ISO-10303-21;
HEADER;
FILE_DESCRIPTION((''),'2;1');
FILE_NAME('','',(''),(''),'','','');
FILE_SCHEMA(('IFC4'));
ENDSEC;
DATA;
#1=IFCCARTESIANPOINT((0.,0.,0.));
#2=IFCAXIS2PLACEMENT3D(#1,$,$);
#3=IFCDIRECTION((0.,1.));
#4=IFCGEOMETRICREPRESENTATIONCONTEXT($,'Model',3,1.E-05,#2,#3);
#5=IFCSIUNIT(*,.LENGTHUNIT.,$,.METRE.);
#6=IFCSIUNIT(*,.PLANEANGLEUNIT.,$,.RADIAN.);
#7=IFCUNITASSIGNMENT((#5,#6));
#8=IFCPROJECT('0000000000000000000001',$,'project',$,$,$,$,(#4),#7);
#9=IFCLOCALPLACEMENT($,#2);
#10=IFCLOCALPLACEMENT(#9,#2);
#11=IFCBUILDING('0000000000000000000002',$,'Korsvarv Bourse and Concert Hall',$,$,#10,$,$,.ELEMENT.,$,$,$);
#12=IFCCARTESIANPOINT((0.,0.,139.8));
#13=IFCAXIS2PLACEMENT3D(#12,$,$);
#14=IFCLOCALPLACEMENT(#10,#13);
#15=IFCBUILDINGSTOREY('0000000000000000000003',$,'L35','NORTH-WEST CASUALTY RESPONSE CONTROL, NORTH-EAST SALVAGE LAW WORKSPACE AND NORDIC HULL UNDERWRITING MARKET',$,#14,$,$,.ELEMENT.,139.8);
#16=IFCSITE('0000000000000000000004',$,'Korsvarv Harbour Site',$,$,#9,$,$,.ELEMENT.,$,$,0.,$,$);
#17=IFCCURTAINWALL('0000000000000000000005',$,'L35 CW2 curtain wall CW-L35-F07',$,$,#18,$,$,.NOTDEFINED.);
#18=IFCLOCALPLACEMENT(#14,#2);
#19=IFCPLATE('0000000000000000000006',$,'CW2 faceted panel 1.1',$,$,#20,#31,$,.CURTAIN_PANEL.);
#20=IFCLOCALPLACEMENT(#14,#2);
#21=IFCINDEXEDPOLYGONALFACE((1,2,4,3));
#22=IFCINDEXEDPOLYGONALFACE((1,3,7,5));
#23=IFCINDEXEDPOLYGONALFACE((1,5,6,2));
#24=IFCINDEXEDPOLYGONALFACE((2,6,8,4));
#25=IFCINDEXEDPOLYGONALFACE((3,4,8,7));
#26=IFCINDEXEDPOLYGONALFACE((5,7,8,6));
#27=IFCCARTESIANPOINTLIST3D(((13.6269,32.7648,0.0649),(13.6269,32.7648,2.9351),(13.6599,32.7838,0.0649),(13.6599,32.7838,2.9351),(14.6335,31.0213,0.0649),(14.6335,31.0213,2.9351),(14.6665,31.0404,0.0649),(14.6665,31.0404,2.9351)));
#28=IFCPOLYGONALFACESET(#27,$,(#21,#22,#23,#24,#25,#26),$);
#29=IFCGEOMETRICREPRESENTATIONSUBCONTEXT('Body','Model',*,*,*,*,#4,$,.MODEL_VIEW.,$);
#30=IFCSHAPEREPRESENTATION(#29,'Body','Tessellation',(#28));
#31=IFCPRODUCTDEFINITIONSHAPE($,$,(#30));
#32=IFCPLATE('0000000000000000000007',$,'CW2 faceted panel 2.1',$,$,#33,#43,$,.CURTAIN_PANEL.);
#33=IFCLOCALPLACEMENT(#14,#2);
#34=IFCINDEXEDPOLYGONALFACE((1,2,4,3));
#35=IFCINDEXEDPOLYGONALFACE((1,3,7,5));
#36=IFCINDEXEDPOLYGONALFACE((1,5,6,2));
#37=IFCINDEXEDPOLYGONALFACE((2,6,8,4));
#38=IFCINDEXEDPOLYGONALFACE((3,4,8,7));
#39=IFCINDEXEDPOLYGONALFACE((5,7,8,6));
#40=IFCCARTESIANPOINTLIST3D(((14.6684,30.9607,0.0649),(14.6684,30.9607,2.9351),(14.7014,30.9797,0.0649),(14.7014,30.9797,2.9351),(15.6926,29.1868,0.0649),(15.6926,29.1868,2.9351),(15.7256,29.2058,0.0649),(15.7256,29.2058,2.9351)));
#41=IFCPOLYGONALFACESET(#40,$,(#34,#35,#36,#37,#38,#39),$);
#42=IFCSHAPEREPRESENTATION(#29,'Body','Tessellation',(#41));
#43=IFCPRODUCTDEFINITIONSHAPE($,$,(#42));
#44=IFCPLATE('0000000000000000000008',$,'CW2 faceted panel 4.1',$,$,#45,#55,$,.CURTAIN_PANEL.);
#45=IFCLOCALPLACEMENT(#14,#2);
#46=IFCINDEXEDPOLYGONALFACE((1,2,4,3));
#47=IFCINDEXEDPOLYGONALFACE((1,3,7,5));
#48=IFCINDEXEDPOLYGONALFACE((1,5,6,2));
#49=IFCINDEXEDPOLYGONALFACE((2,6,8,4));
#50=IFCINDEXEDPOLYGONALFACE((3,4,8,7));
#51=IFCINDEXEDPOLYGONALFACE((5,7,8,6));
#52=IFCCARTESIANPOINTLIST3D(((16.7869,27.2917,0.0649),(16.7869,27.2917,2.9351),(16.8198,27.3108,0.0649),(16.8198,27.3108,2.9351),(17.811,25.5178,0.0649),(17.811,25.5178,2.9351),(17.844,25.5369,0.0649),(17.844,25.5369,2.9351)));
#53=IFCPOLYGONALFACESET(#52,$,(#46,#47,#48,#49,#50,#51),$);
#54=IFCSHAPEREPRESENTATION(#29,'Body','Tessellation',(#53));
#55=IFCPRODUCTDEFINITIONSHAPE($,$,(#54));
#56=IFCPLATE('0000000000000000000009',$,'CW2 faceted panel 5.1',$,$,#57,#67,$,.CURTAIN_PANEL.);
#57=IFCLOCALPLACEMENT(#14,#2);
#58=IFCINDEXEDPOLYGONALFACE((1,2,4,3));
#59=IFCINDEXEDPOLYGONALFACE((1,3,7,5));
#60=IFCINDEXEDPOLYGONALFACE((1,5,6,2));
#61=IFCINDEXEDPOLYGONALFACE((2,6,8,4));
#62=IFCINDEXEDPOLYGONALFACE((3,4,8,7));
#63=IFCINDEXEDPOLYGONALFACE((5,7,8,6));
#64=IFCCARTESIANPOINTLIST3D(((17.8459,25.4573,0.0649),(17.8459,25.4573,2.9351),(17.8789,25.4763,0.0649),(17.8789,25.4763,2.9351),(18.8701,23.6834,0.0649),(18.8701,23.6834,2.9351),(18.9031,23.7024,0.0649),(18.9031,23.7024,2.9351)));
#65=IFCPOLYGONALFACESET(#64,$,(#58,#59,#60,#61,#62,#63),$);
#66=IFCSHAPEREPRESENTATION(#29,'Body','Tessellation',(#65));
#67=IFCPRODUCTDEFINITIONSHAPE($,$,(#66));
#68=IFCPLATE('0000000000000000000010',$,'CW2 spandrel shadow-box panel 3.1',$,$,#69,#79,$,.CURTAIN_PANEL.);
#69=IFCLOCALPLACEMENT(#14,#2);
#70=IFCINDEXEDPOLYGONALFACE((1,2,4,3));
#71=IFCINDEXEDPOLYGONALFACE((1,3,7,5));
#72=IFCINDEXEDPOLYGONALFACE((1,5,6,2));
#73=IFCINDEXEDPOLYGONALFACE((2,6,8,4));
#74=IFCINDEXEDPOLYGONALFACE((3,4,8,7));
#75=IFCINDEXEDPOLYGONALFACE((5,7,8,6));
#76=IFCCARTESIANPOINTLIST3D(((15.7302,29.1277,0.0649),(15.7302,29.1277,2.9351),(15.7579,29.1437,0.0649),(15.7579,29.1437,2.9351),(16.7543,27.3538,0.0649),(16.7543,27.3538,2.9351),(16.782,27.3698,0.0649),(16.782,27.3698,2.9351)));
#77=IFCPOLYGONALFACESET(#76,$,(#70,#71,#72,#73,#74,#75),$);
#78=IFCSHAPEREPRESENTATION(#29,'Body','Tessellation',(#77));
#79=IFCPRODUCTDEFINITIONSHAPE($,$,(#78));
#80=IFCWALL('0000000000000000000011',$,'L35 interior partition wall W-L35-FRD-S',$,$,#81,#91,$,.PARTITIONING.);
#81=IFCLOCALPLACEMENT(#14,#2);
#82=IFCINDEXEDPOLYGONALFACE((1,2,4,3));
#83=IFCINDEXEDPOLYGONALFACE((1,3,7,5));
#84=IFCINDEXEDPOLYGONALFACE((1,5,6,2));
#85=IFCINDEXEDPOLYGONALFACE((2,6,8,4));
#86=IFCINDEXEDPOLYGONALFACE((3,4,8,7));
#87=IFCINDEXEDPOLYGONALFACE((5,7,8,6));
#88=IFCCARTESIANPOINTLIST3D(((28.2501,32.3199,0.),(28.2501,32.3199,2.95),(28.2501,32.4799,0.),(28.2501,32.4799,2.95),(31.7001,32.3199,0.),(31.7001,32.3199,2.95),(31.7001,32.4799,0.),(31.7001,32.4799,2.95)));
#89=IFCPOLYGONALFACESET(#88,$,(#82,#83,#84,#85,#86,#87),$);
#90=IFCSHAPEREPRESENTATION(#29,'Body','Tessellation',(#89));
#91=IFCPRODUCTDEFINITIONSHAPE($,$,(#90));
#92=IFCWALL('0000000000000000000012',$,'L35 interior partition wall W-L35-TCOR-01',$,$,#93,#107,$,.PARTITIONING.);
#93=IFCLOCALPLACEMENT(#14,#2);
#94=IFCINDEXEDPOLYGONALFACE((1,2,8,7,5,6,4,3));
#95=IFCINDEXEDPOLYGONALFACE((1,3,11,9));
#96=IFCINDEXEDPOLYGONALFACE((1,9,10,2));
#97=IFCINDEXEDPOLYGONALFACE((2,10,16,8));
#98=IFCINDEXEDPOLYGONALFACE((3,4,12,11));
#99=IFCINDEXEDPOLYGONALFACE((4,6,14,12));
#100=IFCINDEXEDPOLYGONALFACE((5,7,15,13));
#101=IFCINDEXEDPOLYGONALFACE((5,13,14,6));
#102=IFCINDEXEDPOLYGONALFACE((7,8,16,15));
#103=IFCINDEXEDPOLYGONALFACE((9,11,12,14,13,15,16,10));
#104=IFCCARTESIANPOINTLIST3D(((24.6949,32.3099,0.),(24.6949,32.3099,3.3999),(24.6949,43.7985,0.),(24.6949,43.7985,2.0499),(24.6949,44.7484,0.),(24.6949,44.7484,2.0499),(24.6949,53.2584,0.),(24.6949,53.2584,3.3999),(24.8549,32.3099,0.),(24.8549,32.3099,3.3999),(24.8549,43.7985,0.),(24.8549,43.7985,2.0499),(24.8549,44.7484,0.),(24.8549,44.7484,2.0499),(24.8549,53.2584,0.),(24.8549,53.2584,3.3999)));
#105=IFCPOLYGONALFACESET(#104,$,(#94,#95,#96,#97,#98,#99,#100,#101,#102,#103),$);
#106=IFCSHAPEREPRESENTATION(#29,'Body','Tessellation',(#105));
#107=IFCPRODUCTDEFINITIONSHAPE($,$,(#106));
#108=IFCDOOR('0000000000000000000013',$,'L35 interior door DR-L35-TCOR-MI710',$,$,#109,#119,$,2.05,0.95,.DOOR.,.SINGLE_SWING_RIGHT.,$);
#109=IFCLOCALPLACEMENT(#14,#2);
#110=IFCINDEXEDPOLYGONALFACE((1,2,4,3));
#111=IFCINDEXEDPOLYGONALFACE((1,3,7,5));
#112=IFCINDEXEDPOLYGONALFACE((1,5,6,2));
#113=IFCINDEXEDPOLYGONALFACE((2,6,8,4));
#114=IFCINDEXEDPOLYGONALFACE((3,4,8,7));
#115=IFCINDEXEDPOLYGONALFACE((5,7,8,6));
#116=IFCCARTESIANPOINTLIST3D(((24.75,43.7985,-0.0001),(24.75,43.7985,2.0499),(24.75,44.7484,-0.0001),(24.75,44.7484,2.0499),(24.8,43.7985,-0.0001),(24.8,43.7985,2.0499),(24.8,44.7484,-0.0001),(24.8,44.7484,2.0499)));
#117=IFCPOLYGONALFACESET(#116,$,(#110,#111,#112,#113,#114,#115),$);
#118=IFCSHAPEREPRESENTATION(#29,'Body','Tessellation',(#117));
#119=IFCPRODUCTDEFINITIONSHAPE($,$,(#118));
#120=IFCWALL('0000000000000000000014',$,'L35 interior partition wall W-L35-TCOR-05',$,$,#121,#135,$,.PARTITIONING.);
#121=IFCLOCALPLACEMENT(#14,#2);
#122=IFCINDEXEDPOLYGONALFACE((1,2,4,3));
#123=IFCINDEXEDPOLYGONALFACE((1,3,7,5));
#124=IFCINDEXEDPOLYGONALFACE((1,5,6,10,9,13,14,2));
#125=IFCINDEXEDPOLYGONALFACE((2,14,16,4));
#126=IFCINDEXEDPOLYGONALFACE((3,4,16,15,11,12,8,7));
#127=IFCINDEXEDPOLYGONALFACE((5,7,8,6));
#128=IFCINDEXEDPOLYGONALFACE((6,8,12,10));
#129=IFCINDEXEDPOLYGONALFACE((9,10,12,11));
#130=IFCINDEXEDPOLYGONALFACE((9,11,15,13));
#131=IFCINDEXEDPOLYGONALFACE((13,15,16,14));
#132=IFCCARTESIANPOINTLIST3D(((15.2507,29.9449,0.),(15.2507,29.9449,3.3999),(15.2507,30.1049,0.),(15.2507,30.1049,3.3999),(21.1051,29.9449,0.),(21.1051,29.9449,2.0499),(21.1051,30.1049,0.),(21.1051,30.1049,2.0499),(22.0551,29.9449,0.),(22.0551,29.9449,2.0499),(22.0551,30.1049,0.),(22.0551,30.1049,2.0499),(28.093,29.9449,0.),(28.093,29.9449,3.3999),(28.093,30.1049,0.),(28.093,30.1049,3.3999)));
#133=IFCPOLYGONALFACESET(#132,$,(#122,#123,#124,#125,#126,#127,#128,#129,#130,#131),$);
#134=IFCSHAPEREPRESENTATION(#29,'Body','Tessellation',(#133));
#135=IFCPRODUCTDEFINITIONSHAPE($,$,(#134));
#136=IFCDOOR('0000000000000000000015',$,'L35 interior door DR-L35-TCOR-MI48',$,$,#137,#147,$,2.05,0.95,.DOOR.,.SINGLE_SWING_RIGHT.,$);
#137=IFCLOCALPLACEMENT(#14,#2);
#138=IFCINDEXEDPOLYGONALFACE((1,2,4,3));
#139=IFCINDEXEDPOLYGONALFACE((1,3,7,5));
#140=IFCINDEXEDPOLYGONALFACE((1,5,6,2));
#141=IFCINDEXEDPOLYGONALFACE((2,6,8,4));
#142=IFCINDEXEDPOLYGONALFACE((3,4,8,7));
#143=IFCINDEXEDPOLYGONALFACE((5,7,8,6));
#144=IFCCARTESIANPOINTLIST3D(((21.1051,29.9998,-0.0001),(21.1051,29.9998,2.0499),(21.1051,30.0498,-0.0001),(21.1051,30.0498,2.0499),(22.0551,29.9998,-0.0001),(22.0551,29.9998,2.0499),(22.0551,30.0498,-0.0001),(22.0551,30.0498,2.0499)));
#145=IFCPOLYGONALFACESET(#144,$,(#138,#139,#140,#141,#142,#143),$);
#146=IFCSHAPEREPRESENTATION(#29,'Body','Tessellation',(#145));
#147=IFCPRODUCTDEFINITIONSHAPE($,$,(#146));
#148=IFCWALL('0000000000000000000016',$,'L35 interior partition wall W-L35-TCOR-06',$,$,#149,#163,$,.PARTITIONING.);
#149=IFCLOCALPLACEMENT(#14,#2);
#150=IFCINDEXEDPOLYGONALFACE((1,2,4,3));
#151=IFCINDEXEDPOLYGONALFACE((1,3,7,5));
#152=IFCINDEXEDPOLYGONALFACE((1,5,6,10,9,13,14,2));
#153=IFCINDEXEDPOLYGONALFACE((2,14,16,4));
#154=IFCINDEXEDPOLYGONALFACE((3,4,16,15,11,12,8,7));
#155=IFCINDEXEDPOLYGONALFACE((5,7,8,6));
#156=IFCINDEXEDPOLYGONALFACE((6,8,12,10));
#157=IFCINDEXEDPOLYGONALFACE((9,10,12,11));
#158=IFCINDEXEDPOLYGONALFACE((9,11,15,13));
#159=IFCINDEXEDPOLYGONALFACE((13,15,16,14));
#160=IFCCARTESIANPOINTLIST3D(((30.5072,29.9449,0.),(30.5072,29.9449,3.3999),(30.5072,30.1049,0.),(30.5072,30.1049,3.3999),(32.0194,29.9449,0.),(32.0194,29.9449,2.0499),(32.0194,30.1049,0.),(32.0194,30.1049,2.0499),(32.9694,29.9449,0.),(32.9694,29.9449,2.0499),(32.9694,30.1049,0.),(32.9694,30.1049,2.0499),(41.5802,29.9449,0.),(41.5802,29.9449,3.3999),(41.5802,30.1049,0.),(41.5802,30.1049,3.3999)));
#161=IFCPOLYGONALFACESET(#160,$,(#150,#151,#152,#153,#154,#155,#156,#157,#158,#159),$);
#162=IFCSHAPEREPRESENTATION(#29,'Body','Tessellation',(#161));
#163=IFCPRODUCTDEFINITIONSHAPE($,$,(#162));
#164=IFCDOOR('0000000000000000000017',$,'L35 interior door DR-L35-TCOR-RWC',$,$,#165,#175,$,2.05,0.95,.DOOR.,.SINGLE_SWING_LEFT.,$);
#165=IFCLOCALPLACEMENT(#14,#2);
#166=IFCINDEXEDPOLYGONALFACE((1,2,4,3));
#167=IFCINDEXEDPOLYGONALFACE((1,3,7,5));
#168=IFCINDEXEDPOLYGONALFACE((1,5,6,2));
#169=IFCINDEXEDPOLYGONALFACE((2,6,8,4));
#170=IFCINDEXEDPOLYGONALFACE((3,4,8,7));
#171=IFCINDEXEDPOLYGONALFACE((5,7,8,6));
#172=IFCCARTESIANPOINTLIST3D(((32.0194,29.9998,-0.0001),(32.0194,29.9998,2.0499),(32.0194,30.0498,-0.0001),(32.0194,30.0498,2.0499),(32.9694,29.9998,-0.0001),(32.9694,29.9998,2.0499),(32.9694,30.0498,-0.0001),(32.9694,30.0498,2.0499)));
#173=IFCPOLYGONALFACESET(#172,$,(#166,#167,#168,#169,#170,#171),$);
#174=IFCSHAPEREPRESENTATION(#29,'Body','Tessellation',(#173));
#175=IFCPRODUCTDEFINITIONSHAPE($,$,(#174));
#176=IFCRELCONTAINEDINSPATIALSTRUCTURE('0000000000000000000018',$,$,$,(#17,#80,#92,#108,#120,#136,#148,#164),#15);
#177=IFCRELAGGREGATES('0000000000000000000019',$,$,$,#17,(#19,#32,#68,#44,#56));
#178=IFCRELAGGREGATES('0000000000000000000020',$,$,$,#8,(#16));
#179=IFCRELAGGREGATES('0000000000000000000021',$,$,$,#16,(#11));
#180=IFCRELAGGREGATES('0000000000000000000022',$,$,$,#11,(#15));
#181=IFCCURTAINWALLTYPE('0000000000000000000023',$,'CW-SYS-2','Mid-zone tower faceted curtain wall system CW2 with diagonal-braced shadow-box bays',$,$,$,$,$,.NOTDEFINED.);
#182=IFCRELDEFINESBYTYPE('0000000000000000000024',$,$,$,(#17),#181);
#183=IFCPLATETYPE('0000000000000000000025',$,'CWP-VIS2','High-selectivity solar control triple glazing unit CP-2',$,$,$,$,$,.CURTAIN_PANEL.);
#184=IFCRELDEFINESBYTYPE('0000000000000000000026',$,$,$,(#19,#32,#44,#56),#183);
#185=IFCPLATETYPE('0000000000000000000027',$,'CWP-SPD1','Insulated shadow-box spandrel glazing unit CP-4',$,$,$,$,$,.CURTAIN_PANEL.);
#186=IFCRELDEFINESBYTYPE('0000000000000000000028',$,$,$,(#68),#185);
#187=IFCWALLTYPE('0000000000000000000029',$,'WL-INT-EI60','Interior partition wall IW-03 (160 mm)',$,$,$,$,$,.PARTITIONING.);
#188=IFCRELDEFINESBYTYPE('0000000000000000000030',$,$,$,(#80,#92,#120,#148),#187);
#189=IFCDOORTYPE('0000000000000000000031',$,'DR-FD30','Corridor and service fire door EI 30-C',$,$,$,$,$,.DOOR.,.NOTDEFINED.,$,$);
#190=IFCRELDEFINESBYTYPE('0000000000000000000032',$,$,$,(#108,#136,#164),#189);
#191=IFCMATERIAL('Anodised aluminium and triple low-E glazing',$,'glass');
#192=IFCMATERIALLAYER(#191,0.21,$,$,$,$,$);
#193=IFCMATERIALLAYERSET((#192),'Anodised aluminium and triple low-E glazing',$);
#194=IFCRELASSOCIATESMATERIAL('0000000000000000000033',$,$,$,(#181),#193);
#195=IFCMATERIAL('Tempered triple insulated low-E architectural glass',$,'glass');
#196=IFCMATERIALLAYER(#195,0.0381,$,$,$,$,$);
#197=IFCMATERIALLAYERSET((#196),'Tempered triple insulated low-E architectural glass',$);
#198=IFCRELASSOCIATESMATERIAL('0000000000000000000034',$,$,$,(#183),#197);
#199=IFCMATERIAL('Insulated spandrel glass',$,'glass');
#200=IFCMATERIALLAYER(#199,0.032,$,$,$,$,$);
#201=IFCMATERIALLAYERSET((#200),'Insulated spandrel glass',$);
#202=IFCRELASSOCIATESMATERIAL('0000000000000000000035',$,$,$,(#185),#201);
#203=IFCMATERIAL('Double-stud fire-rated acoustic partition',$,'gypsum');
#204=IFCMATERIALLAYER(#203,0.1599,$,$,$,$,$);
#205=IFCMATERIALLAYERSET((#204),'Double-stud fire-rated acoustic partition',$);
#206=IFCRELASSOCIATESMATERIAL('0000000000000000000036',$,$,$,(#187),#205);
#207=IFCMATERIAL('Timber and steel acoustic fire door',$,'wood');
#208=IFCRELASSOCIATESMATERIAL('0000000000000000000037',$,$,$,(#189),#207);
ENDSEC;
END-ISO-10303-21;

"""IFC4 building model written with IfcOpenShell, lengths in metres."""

from ifc_helpers import new_model, si_unit, direction, frame, frame_2d, origin, origin_2d, place, context, subcontext, project, spatial, rectangle, extrude, source, transform, mapped, material, layer, layer_set, type_object, element, fill, aggregate, save


model = new_model("IFC4")

# Units and contexts
model_context = context("Model", 3, precision=1e-05, world=origin(), true_north=direction((0.0, 1.0)))
body_context = subcontext(model_context, "Body", "Model", "MODEL_VIEW")
ifc_project = project(units=[si_unit("LENGTHUNIT", "METRE"), si_unit("PLANEANGLEUNIT", "RADIAN")], contexts=[model_context])

# Site, building, storey
site_placement = place(None, origin())
site = spatial("IfcSite", under=ifc_project, at=site_placement, Name="Korsvarv Harbour Site", CompositionType="ELEMENT", RefElevation=0.0)
building_placement = place(site_placement, origin())
building = spatial("IfcBuilding", under=site, at=building_placement, Name="Korsvarv Bourse and Concert Hall", CompositionType="ELEMENT")
storey_placement = place(building_placement, frame((0.0, 0.0, 139.8)))
storey = spatial("IfcBuildingStorey", under=building, at=storey_placement, Name="L35", Description="NORTH-WEST CASUALTY RESPONSE CONTROL, NORTH-EAST SALVAGE LAW WORKSPACE AND NORDIC HULL UNDERWRITING MARKET", CompositionType="ELEMENT", Elevation=139.8)

# Curtain wall, plates
ifc_material_1 = material(Name="Anodised aluminium and triple low-E glazing", Category="glass")
ifc_layer_1 = layer(ifc_material_1, 0.21)
ifc_layer_set_1 = layer_set([ifc_layer_1], Name="Anodised aluminium and triple low-E glazing")
curtain_wall_type = type_object("IfcCurtainWallType", Name="CW-SYS-2", Description="Mid-zone tower faceted curtain wall system CW2 with diagonal-braced shadow-box bays", PredefinedType="NOTDEFINED", material=ifc_layer_set_1)
curtain_wall_placement = place(storey_placement, origin())
curtain_wall = element("IfcCurtainWall", 1, at=curtain_wall_placement, inside=storey, type_object=curtain_wall_type, Name="L35 CW2 curtain wall CW-L35-F07", PredefinedType="NOTDEFINED")
ifc_material_2 = material(Name="Tempered triple insulated low-E architectural glass", Category="glass")
ifc_layer_2 = layer(ifc_material_2, 0.0381)
ifc_layer_set_2 = layer_set([ifc_layer_2], Name="Tempered triple insulated low-E architectural glass")
plate_type_1 = type_object("IfcPlateType", Name="CWP-VIS2", Description="High-selectivity solar control triple glazing unit CP-2", PredefinedType="CURTAIN_PANEL", material=ifc_layer_set_2)
shared_shape_1 = source(origin(), body_context, "Body", "SweptSolid", [
    extrude(rectangle(XDim=2.0132, YDim=0.0381, at=origin_2d()), origin(), (0.0, 0.0, 1.0), 2.8701),
])
plate_1_placement = place(storey_placement, frame((14.1467, 31.9026, 0.0649), z_axis=(0.0, 0.0, 1.0), x_axis=(0.5, -0.866025, 0.0)))
plate_1 = element("IfcPlate", 2, at=plate_1_placement, type_object=plate_type_1, Name="CW2 faceted panel 1.1", PredefinedType="CURTAIN_PANEL", context=body_context, shape_type="MappedRepresentation", body=[
    mapped(shared_shape_1, transform((0.0, 0.0, 0.0), scale=1.0)),
])
shared_shape_2 = source(origin(), body_context, "Body", "SweptSolid", [
    extrude(rectangle(XDim=2.0483, YDim=0.0381, at=origin_2d()), origin(), (0.0, 0.0, 1.0), 2.8701),
])
plate_2_placement = place(storey_placement, frame((15.197, 30.0833, 0.0649), z_axis=(0.0, 0.0, 1.0), x_axis=(0.5, -0.866025, 0.0)))
plate_2 = element("IfcPlate", 3, at=plate_2_placement, type_object=plate_type_1, Name="CW2 faceted panel 2.1", PredefinedType="CURTAIN_PANEL", context=body_context, shape_type="MappedRepresentation", body=[
    mapped(shared_shape_2, transform((0.0, 0.0, 0.0), scale=1.0)),
])
plate_3_placement = place(storey_placement, frame((17.3154, 26.4143, 0.0649), z_axis=(0.0, 0.0, 1.0), x_axis=(0.5, -0.866025, 0.0)))
plate_3 = element("IfcPlate", 4, at=plate_3_placement, type_object=plate_type_1, Name="CW2 faceted panel 4.1", PredefinedType="CURTAIN_PANEL", context=body_context, shape_type="MappedRepresentation", body=[
    mapped(shared_shape_2, transform((0.0, 0.0, 0.0), scale=1.0)),
])
plate_4_placement = place(storey_placement, frame((18.3745, 24.5798, 0.0649), z_axis=(0.0, 0.0, 1.0), x_axis=(0.5, -0.866025, 0.0)))
plate_4 = element("IfcPlate", 5, at=plate_4_placement, type_object=plate_type_1, Name="CW2 faceted panel 5.1", PredefinedType="CURTAIN_PANEL", context=body_context, shape_type="MappedRepresentation", body=[
    mapped(shared_shape_2, transform((0.0, 0.0, 0.0), scale=1.0)),
])
ifc_material_3 = material(Name="Insulated spandrel glass", Category="glass")
ifc_layer_3 = layer(ifc_material_3, 0.032)
ifc_layer_set_3 = layer_set([ifc_layer_3], Name="Insulated spandrel glass")
plate_type_2 = type_object("IfcPlateType", Name="CWP-SPD1", Description="Insulated shadow-box spandrel glazing unit CP-4", PredefinedType="CURTAIN_PANEL", material=ifc_layer_set_3)
shared_shape_3 = source(origin(), body_context, "Body", "SweptSolid", [
    extrude(rectangle(XDim=2.0483, YDim=0.032, at=origin_2d()), origin(), (0.0, 0.0, 1.0), 2.8701),
])
plate_5_placement = place(storey_placement, frame((16.2561, 28.2488, 0.0649), z_axis=(0.0, 0.0, 1.0), x_axis=(0.5, -0.866025, 0.0)))
plate_5 = element("IfcPlate", 6, at=plate_5_placement, type_object=plate_type_2, Name="CW2 spandrel shadow-box panel 3.1", PredefinedType="CURTAIN_PANEL", context=body_context, shape_type="MappedRepresentation", body=[
    mapped(shared_shape_3, transform((0.0, 0.0, 0.0), scale=1.0)),
])
aggregate(curtain_wall, [plate_1, plate_2, plate_5, plate_3, plate_4])

# Wall
ifc_material_4 = material(Name="Double-stud fire-rated acoustic partition", Category="gypsum")
ifc_layer_4 = layer(ifc_material_4, 0.1599)
ifc_layer_set_4 = layer_set([ifc_layer_4], Name="Double-stud fire-rated acoustic partition")
wall_type_1 = type_object("IfcWallType", Name="WL-INT-EI60", Description="Interior partition wall IW-03 (160 mm)", PredefinedType="PARTITIONING", material=ifc_layer_set_4)
wall_1_placement = place(storey_placement, frame((28.25, 32.3999, 0.0), z_axis=(0.0, 0.0, 1.0), x_axis=(1.0, 0.0, 0.0)))
element("IfcWall", 7, at=wall_1_placement, inside=storey, type_object=wall_type_1, Name="L35 interior partition wall W-L35-FRD-S", PredefinedType="PARTITIONING", context=body_context, shape_type="SweptSolid", body=[
    extrude(rectangle(XDim=3.45, YDim=0.1599, at=frame_2d((1.7251, 0.0))), origin(), (0.0, 0.0, 1.0), 2.95),
])

# Walls, openings, doors
wall_2_placement = place(storey_placement, frame((24.7749, 32.3101, 0.0), z_axis=(0.0, 0.0, 1.0), x_axis=(0.0, 1.0, 0.0)))
wall_2 = element("IfcWall", 8, at=wall_2_placement, inside=storey, type_object=wall_type_1, Name="L35 interior partition wall W-L35-TCOR-01", PredefinedType="PARTITIONING", context=body_context, shape_type="SweptSolid", body=[
    extrude(rectangle(XDim=20.9485, YDim=0.1599, at=frame_2d((10.4741, 0.0))), origin(), (0.0, 0.0, 1.0), 3.3999),
])
opening_1_placement = place(wall_2_placement, frame((11.4883, 0.0, 0.0)))
opening_1 = element("IfcOpeningElement", 9, at=opening_1_placement, cuts=wall_2, PredefinedType="OPENING", context=body_context, shape_type="SweptSolid", body=[
    extrude(rectangle(XDim=0.95, YDim=2.05, at=frame_2d((0.4751, 1.0249))), frame((0.0, 0.0898, 0.0), z_axis=(0.0, -1.0, 0.0), x_axis=(1.0, 0.0, 0.0)), (0.0, 0.0, 1.0), 0.1799),
])
ifc_material_5 = material(Name="Timber and steel acoustic fire door", Category="wood")
door_type = type_object("IfcDoorType", Name="DR-FD30", Description="Corridor and service fire door EI 30-C", OperationType="NOTDEFINED", PredefinedType="DOOR", material=ifc_material_5)
door_1_placement = place(opening_1_placement, origin())
door_1 = element("IfcDoor", 10, at=door_1_placement, inside=storey, type_object=door_type, Name="L35 interior door DR-L35-TCOR-MI710", OperationType="SINGLE_SWING_RIGHT", OverallHeight=2.05, OverallWidth=0.95, PredefinedType="DOOR", context=body_context, shape_type="SweptSolid", body=[
    extrude(rectangle(XDim=0.95, YDim=2.05, at=frame_2d((0.4751, 1.0249))), frame((0.0, 0.0249, 0.0), z_axis=(0.0, -1.0, 0.0), x_axis=(1.0, 0.0, 0.0)), (0.0, 0.0, 1.0), 0.05),
])
fill(opening_1, door_1)
wall_3_placement = place(storey_placement, frame((15.2507, 30.0249, 0.0), z_axis=(0.0, 0.0, 1.0), x_axis=(1.0, 0.0, 0.0)))
wall_3 = element("IfcWall", 11, at=wall_3_placement, inside=storey, type_object=wall_type_1, Name="L35 interior partition wall W-L35-TCOR-05", PredefinedType="PARTITIONING", context=body_context, shape_type="SweptSolid", body=[
    extrude(rectangle(XDim=12.8423, YDim=0.1599, at=frame_2d((6.4211, 0.0))), origin(), (0.0, 0.0, 1.0), 3.3999),
])
opening_2_placement = place(wall_3_placement, frame((5.8542, 0.0, 0.0)))
opening_2 = element("IfcOpeningElement", 12, at=opening_2_placement, cuts=wall_3, PredefinedType="OPENING", context=body_context, shape_type="SweptSolid", body=[
    extrude(rectangle(XDim=0.95, YDim=2.05, at=frame_2d((0.4751, 1.0249))), frame((0.0, 0.0898, 0.0), z_axis=(0.0, -1.0, 0.0), x_axis=(1.0, 0.0, 0.0)), (0.0, 0.0, 1.0), 0.1799),
])
door_2_placement = place(opening_2_placement, origin())
door_2 = element("IfcDoor", 13, at=door_2_placement, inside=storey, type_object=door_type, Name="L35 interior door DR-L35-TCOR-MI48", OperationType="SINGLE_SWING_RIGHT", OverallHeight=2.05, OverallWidth=0.95, PredefinedType="DOOR", context=body_context, shape_type="SweptSolid", body=[
    extrude(rectangle(XDim=0.95, YDim=2.05, at=frame_2d((0.4751, 1.0249))), frame((0.0, 0.0249, 0.0), z_axis=(0.0, -1.0, 0.0), x_axis=(1.0, 0.0, 0.0)), (0.0, 0.0, 1.0), 0.05),
])
fill(opening_2, door_2)
wall_4_placement = place(storey_placement, frame((30.5071, 30.0249, 0.0), z_axis=(0.0, 0.0, 1.0), x_axis=(1.0, 0.0, 0.0)))
wall_4 = element("IfcWall", 14, at=wall_4_placement, inside=storey, type_object=wall_type_1, Name="L35 interior partition wall W-L35-TCOR-06", PredefinedType="PARTITIONING", context=body_context, shape_type="SweptSolid", body=[
    extrude(rectangle(XDim=11.073, YDim=0.1599, at=frame_2d((5.5366, 0.0))), origin(), (0.0, 0.0, 1.0), 3.3999),
])
opening_3_placement = place(wall_4_placement, frame((1.5122, 0.0, 0.0)))
opening_3 = element("IfcOpeningElement", 15, at=opening_3_placement, cuts=wall_4, PredefinedType="OPENING", context=body_context, shape_type="SweptSolid", body=[
    extrude(rectangle(XDim=0.95, YDim=2.05, at=frame_2d((0.4751, 1.0249))), frame((0.0, 0.0898, 0.0), z_axis=(0.0, -1.0, 0.0), x_axis=(1.0, 0.0, 0.0)), (0.0, 0.0, 1.0), 0.1799),
])
door_3_placement = place(opening_3_placement, origin())
door_3 = element("IfcDoor", 16, at=door_3_placement, inside=storey, type_object=door_type, Name="L35 interior door DR-L35-TCOR-RWC", OperationType="SINGLE_SWING_LEFT", OverallHeight=2.05, OverallWidth=0.95, PredefinedType="DOOR", context=body_context, shape_type="SweptSolid", body=[
    extrude(rectangle(XDim=0.95, YDim=2.05, at=frame_2d((0.4751, 1.0249))), frame((0.0, 0.0249, 0.0), z_axis=(0.0, -1.0, 0.0), x_axis=(1.0, 0.0, 0.0)), (0.0, 0.0, 1.0), 0.05),
])
fill(opening_3, door_3)

save(model, "model.ifc")
